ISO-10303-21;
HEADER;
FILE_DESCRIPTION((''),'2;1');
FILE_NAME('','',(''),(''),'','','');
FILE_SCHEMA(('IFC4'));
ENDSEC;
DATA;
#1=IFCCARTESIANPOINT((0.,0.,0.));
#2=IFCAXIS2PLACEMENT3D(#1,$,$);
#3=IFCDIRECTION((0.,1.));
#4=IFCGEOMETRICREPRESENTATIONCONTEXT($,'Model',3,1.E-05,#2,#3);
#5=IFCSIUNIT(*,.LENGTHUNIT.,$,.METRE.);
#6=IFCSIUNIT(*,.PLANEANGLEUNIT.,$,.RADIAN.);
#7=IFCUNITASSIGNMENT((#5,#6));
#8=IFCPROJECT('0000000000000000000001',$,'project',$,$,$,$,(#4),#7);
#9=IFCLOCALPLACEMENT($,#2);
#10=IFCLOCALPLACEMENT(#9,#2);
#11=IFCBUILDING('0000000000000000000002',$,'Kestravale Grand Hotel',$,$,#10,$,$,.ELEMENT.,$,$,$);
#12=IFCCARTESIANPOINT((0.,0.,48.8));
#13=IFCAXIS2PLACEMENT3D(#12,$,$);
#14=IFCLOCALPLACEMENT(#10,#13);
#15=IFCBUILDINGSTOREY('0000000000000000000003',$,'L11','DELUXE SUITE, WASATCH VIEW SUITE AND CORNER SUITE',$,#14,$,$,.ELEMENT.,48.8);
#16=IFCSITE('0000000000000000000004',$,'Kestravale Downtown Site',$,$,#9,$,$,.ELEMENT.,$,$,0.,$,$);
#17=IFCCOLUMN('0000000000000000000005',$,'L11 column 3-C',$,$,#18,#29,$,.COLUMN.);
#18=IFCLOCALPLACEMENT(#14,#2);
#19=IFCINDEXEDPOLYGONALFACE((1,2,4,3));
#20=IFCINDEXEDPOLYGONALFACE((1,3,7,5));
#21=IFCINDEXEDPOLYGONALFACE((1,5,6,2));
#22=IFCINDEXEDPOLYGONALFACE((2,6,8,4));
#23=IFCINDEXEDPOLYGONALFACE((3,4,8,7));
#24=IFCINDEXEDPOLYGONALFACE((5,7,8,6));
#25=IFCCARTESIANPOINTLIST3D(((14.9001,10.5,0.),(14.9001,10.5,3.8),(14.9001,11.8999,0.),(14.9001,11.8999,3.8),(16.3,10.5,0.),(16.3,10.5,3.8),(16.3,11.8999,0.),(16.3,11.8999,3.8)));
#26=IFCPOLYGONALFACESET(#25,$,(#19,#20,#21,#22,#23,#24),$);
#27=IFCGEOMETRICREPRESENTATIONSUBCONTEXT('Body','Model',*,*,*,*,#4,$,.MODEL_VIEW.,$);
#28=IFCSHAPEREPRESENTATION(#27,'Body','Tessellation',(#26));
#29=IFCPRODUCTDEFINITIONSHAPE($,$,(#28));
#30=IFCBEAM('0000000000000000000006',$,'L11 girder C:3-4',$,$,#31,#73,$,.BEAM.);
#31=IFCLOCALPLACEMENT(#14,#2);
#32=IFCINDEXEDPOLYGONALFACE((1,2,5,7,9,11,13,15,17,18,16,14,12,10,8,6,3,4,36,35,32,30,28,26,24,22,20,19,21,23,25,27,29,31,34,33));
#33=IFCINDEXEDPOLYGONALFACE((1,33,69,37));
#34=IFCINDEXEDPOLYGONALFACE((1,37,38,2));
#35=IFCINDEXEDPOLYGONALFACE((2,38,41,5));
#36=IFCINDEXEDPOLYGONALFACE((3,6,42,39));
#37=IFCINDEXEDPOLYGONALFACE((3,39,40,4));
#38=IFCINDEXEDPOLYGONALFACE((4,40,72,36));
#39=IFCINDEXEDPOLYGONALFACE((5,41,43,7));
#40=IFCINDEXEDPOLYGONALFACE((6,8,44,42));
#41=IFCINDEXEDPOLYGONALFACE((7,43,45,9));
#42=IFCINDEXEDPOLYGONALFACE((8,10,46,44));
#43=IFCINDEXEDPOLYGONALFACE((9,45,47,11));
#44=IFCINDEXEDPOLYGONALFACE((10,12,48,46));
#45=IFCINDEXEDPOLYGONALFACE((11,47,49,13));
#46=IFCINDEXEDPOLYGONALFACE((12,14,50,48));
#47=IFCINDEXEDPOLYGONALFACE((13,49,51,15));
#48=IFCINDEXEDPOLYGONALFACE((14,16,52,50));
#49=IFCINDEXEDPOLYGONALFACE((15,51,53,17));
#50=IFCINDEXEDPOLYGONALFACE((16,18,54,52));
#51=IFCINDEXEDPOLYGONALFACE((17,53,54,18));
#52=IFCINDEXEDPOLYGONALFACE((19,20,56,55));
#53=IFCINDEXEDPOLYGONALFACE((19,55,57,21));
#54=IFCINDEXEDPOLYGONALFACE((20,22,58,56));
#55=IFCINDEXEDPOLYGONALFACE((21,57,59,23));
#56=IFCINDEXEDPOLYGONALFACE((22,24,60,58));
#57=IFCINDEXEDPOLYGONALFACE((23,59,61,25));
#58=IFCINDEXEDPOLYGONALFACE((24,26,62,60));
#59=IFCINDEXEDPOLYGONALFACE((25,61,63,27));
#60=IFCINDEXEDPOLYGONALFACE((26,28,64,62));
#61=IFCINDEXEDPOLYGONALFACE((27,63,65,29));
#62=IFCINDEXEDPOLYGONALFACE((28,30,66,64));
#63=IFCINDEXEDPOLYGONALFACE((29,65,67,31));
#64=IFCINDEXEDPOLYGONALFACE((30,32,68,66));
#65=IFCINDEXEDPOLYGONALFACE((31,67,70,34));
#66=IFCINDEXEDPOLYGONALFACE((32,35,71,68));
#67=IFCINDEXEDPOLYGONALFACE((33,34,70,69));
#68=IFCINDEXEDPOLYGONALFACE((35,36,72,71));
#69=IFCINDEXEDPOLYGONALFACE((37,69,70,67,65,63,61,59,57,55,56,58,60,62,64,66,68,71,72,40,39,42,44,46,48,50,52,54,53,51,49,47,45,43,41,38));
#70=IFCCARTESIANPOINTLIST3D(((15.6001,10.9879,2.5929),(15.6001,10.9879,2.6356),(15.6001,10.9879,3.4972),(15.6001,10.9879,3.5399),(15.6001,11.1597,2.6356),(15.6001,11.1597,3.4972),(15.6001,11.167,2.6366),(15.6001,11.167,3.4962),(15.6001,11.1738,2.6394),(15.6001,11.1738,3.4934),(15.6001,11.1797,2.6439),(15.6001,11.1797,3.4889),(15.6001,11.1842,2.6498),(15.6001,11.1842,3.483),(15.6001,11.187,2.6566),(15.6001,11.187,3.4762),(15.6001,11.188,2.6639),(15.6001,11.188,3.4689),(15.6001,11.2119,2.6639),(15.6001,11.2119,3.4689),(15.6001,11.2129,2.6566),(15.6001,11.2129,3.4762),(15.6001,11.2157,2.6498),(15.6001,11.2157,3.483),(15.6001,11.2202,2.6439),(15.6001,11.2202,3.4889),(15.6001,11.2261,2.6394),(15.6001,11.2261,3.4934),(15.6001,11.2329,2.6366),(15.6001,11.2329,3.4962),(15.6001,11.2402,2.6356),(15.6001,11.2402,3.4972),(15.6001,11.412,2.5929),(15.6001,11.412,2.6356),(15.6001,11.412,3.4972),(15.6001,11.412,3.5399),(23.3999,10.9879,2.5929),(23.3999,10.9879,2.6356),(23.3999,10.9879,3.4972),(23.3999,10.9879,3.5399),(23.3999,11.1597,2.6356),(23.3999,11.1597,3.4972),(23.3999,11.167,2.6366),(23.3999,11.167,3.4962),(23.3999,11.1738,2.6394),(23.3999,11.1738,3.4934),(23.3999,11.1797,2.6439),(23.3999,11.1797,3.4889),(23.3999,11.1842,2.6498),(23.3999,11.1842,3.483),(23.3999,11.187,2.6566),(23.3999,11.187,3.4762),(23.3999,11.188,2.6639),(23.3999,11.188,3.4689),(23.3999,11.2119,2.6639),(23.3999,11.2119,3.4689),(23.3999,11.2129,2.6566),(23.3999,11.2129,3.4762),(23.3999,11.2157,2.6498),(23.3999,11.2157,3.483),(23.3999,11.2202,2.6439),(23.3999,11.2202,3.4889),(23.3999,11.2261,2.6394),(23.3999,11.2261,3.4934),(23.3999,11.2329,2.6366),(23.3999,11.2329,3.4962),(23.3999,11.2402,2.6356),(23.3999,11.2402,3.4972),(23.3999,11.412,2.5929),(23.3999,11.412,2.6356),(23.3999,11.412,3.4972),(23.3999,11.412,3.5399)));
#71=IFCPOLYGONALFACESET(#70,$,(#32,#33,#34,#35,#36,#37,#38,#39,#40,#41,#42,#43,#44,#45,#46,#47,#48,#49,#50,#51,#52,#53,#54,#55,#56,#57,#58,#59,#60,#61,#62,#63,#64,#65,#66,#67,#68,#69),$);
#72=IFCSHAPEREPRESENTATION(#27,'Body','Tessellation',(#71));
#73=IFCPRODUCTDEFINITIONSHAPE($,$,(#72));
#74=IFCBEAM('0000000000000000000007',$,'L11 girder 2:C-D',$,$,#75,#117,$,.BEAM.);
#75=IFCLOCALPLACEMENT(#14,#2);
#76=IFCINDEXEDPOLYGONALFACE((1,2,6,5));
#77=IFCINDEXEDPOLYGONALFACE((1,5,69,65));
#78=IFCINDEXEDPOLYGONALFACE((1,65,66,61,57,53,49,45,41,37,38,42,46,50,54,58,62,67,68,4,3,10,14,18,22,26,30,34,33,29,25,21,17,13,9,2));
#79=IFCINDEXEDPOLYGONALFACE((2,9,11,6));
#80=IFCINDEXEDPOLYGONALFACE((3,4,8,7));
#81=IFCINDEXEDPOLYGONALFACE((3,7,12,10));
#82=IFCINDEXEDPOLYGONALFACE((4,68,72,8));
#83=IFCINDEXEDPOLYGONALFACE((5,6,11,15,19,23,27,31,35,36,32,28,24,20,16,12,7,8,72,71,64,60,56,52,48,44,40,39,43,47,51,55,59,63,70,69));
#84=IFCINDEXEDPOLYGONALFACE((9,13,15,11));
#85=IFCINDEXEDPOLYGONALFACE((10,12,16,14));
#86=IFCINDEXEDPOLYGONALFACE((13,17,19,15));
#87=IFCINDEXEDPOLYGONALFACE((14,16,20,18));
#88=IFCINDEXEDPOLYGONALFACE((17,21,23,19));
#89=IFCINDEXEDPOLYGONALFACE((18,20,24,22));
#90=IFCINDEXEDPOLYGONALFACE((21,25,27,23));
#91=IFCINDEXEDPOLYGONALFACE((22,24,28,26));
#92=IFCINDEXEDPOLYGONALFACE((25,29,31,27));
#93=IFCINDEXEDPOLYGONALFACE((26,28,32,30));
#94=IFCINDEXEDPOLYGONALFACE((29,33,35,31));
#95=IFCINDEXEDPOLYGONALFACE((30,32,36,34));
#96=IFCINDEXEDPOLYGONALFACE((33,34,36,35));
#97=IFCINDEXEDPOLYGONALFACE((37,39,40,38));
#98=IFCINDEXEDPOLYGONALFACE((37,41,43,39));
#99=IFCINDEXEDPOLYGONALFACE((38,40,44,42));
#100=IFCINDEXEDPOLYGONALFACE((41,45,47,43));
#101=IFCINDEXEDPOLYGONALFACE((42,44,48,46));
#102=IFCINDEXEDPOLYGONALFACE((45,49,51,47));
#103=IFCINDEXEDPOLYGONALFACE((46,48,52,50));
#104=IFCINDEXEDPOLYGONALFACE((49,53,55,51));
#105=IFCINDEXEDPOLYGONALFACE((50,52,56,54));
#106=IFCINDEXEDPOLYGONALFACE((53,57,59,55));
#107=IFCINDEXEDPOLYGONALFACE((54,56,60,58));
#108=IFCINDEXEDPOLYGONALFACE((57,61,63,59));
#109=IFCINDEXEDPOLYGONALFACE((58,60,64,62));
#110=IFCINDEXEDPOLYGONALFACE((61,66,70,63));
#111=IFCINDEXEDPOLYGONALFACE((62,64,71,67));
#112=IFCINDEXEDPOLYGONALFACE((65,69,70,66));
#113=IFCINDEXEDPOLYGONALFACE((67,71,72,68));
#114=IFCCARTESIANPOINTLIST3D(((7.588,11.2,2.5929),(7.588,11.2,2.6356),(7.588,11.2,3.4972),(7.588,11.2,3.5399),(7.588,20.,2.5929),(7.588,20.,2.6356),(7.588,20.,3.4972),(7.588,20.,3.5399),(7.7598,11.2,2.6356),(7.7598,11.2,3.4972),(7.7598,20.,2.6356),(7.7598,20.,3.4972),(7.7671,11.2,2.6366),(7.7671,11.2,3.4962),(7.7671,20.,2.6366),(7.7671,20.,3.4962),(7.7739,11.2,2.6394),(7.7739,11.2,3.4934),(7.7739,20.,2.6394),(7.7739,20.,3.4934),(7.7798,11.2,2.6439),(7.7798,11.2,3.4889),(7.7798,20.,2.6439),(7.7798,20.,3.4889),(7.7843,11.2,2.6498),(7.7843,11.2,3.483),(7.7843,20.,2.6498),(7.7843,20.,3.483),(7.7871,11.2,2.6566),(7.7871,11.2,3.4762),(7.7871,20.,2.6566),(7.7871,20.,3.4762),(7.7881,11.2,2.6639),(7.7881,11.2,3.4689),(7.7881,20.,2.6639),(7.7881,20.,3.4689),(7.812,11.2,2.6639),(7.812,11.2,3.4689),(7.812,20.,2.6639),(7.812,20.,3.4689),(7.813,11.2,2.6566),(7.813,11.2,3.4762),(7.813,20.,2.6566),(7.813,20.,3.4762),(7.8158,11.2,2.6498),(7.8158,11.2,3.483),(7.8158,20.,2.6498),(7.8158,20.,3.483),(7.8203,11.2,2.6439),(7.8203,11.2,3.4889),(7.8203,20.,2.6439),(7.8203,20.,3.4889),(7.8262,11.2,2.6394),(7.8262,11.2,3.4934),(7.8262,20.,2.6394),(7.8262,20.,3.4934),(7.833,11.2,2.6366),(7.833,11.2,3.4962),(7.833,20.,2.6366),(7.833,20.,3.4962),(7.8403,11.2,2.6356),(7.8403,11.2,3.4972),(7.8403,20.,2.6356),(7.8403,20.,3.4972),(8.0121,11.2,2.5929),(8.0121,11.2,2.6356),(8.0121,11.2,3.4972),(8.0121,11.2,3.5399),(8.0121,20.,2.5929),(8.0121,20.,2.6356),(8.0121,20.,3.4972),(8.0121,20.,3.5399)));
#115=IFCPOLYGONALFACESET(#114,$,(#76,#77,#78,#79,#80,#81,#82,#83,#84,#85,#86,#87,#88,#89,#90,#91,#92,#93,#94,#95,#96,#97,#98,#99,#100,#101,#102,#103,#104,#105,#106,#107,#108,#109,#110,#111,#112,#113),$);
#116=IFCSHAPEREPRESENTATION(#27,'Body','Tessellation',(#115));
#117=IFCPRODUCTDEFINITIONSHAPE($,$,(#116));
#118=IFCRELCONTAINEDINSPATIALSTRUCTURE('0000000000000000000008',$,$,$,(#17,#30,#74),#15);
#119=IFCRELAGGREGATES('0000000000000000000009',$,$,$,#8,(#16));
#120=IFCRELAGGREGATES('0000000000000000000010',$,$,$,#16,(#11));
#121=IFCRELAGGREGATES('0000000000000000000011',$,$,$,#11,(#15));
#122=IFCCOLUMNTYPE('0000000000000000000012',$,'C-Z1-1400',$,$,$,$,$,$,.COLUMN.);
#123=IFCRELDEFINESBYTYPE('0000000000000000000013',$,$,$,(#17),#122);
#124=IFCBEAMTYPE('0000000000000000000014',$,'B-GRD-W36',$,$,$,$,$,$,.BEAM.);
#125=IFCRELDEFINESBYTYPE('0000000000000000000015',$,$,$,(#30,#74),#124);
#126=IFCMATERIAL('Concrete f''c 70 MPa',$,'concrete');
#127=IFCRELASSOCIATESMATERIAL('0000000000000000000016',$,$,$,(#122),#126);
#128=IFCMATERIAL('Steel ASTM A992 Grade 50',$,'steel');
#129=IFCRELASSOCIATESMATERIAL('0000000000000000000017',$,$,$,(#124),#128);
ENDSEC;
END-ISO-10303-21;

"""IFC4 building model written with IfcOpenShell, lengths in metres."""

from ifc_helpers import new_model, si_unit, direction, frame, origin, origin_2d, place, context, subcontext, project, spatial, rectangle, i_section, extrude, material, material_profile, profile_set, type_object, element, save


model = new_model("IFC4")

# Units and contexts
model_context = context("Model", 3, precision=1e-05, world=origin(), true_north=direction((0.0, 1.0)))
body_context = subcontext(model_context, "Body", "Model", "MODEL_VIEW")
ifc_project = project(units=[si_unit("LENGTHUNIT", "METRE"), si_unit("PLANEANGLEUNIT", "RADIAN")], contexts=[model_context])

# Site, building, storey
site_placement = place(None, origin())
site = spatial("IfcSite", under=ifc_project, at=site_placement, Name="Kestravale Downtown Site", CompositionType="ELEMENT", RefElevation=0.0)
building_placement = place(site_placement, origin())
building = spatial("IfcBuilding", under=site, at=building_placement, Name="Kestravale Grand Hotel", CompositionType="ELEMENT")
storey_placement = place(building_placement, frame((0.0, 0.0, 48.8)))
storey = spatial("IfcBuildingStorey", under=building, at=storey_placement, Name="L11", Description="DELUXE SUITE, WASATCH VIEW SUITE AND CORNER SUITE", CompositionType="ELEMENT", Elevation=48.8)

# Column
ifc_material_1 = material(Name="Concrete f'c 70 MPa", Category="concrete")
ifc_material_profile_1 = material_profile(ifc_material_1, rectangle(XDim=1.3999, YDim=1.3999, at=origin_2d()))
ifc_profile_set_1 = profile_set([ifc_material_profile_1], Name="Concrete f'c 70 MPa")
column_type = type_object("IfcColumnType", Name="C-Z1-1400", PredefinedType="COLUMN", material=ifc_profile_set_1)
column_placement = place(storey_placement, frame((15.6001, 11.2, 0.0), z_axis=(0.0, 0.0, 1.0), x_axis=(1.0, 0.0, 0.0)))
element("IfcColumn", 1, at=column_placement, inside=storey, type_object=column_type, Name="L11 column 3-C", PredefinedType="COLUMN", context=body_context, shape_type="SweptSolid", body=[
    extrude(rectangle(XDim=1.3999, YDim=1.3999, at=origin_2d()), origin(), (0.0, 0.0, 1.0), 3.8),
])

# Beams
ifc_material_2 = material(Name="Steel ASTM A992 Grade 50", Category="steel")
ifc_material_profile_2 = material_profile(ifc_material_2, i_section(OverallWidth=0.4241, OverallDepth=0.947, WebThickness=0.0239, FlangeThickness=0.0427, FilletRadius=0.0283, at=origin_2d()))
ifc_profile_set_2 = profile_set([ifc_material_profile_2], Name="Steel ASTM A992 Grade 50")
beam_type = type_object("IfcBeamType", Name="B-GRD-W36", PredefinedType="BEAM", material=ifc_profile_set_2)
beam_1_placement = place(storey_placement, frame((15.6001, 11.2, 3.0664), z_axis=(1.0, 0.0, 0.0), x_axis=(0.0, 1.0, 0.0)))
element("IfcBeam", 2, at=beam_1_placement, inside=storey, type_object=beam_type, Name="L11 girder C:3-4", PredefinedType="BEAM", context=body_context, shape_type="SweptSolid", body=[
    extrude(i_section(OverallWidth=0.4241, OverallDepth=0.947, WebThickness=0.0239, FlangeThickness=0.0427, FilletRadius=0.0283, at=origin_2d()), origin(), (0.0, 0.0, 1.0), 7.7998),
])
beam_2_placement = place(storey_placement, frame((7.8, 11.2, 3.0664), z_axis=(0.0, 1.0, 0.0), x_axis=(-1.0, 0.0, 0.0)))
element("IfcBeam", 3, at=beam_2_placement, inside=storey, type_object=beam_type, Name="L11 girder 2:C-D", PredefinedType="BEAM", context=body_context, shape_type="SweptSolid", body=[
    extrude(i_section(OverallWidth=0.4241, OverallDepth=0.947, WebThickness=0.0239, FlangeThickness=0.0427, FilletRadius=0.0283, at=origin_2d()), origin(), (0.0, 0.0, 1.0), 8.8),
])

save(model, "model.ifc")
